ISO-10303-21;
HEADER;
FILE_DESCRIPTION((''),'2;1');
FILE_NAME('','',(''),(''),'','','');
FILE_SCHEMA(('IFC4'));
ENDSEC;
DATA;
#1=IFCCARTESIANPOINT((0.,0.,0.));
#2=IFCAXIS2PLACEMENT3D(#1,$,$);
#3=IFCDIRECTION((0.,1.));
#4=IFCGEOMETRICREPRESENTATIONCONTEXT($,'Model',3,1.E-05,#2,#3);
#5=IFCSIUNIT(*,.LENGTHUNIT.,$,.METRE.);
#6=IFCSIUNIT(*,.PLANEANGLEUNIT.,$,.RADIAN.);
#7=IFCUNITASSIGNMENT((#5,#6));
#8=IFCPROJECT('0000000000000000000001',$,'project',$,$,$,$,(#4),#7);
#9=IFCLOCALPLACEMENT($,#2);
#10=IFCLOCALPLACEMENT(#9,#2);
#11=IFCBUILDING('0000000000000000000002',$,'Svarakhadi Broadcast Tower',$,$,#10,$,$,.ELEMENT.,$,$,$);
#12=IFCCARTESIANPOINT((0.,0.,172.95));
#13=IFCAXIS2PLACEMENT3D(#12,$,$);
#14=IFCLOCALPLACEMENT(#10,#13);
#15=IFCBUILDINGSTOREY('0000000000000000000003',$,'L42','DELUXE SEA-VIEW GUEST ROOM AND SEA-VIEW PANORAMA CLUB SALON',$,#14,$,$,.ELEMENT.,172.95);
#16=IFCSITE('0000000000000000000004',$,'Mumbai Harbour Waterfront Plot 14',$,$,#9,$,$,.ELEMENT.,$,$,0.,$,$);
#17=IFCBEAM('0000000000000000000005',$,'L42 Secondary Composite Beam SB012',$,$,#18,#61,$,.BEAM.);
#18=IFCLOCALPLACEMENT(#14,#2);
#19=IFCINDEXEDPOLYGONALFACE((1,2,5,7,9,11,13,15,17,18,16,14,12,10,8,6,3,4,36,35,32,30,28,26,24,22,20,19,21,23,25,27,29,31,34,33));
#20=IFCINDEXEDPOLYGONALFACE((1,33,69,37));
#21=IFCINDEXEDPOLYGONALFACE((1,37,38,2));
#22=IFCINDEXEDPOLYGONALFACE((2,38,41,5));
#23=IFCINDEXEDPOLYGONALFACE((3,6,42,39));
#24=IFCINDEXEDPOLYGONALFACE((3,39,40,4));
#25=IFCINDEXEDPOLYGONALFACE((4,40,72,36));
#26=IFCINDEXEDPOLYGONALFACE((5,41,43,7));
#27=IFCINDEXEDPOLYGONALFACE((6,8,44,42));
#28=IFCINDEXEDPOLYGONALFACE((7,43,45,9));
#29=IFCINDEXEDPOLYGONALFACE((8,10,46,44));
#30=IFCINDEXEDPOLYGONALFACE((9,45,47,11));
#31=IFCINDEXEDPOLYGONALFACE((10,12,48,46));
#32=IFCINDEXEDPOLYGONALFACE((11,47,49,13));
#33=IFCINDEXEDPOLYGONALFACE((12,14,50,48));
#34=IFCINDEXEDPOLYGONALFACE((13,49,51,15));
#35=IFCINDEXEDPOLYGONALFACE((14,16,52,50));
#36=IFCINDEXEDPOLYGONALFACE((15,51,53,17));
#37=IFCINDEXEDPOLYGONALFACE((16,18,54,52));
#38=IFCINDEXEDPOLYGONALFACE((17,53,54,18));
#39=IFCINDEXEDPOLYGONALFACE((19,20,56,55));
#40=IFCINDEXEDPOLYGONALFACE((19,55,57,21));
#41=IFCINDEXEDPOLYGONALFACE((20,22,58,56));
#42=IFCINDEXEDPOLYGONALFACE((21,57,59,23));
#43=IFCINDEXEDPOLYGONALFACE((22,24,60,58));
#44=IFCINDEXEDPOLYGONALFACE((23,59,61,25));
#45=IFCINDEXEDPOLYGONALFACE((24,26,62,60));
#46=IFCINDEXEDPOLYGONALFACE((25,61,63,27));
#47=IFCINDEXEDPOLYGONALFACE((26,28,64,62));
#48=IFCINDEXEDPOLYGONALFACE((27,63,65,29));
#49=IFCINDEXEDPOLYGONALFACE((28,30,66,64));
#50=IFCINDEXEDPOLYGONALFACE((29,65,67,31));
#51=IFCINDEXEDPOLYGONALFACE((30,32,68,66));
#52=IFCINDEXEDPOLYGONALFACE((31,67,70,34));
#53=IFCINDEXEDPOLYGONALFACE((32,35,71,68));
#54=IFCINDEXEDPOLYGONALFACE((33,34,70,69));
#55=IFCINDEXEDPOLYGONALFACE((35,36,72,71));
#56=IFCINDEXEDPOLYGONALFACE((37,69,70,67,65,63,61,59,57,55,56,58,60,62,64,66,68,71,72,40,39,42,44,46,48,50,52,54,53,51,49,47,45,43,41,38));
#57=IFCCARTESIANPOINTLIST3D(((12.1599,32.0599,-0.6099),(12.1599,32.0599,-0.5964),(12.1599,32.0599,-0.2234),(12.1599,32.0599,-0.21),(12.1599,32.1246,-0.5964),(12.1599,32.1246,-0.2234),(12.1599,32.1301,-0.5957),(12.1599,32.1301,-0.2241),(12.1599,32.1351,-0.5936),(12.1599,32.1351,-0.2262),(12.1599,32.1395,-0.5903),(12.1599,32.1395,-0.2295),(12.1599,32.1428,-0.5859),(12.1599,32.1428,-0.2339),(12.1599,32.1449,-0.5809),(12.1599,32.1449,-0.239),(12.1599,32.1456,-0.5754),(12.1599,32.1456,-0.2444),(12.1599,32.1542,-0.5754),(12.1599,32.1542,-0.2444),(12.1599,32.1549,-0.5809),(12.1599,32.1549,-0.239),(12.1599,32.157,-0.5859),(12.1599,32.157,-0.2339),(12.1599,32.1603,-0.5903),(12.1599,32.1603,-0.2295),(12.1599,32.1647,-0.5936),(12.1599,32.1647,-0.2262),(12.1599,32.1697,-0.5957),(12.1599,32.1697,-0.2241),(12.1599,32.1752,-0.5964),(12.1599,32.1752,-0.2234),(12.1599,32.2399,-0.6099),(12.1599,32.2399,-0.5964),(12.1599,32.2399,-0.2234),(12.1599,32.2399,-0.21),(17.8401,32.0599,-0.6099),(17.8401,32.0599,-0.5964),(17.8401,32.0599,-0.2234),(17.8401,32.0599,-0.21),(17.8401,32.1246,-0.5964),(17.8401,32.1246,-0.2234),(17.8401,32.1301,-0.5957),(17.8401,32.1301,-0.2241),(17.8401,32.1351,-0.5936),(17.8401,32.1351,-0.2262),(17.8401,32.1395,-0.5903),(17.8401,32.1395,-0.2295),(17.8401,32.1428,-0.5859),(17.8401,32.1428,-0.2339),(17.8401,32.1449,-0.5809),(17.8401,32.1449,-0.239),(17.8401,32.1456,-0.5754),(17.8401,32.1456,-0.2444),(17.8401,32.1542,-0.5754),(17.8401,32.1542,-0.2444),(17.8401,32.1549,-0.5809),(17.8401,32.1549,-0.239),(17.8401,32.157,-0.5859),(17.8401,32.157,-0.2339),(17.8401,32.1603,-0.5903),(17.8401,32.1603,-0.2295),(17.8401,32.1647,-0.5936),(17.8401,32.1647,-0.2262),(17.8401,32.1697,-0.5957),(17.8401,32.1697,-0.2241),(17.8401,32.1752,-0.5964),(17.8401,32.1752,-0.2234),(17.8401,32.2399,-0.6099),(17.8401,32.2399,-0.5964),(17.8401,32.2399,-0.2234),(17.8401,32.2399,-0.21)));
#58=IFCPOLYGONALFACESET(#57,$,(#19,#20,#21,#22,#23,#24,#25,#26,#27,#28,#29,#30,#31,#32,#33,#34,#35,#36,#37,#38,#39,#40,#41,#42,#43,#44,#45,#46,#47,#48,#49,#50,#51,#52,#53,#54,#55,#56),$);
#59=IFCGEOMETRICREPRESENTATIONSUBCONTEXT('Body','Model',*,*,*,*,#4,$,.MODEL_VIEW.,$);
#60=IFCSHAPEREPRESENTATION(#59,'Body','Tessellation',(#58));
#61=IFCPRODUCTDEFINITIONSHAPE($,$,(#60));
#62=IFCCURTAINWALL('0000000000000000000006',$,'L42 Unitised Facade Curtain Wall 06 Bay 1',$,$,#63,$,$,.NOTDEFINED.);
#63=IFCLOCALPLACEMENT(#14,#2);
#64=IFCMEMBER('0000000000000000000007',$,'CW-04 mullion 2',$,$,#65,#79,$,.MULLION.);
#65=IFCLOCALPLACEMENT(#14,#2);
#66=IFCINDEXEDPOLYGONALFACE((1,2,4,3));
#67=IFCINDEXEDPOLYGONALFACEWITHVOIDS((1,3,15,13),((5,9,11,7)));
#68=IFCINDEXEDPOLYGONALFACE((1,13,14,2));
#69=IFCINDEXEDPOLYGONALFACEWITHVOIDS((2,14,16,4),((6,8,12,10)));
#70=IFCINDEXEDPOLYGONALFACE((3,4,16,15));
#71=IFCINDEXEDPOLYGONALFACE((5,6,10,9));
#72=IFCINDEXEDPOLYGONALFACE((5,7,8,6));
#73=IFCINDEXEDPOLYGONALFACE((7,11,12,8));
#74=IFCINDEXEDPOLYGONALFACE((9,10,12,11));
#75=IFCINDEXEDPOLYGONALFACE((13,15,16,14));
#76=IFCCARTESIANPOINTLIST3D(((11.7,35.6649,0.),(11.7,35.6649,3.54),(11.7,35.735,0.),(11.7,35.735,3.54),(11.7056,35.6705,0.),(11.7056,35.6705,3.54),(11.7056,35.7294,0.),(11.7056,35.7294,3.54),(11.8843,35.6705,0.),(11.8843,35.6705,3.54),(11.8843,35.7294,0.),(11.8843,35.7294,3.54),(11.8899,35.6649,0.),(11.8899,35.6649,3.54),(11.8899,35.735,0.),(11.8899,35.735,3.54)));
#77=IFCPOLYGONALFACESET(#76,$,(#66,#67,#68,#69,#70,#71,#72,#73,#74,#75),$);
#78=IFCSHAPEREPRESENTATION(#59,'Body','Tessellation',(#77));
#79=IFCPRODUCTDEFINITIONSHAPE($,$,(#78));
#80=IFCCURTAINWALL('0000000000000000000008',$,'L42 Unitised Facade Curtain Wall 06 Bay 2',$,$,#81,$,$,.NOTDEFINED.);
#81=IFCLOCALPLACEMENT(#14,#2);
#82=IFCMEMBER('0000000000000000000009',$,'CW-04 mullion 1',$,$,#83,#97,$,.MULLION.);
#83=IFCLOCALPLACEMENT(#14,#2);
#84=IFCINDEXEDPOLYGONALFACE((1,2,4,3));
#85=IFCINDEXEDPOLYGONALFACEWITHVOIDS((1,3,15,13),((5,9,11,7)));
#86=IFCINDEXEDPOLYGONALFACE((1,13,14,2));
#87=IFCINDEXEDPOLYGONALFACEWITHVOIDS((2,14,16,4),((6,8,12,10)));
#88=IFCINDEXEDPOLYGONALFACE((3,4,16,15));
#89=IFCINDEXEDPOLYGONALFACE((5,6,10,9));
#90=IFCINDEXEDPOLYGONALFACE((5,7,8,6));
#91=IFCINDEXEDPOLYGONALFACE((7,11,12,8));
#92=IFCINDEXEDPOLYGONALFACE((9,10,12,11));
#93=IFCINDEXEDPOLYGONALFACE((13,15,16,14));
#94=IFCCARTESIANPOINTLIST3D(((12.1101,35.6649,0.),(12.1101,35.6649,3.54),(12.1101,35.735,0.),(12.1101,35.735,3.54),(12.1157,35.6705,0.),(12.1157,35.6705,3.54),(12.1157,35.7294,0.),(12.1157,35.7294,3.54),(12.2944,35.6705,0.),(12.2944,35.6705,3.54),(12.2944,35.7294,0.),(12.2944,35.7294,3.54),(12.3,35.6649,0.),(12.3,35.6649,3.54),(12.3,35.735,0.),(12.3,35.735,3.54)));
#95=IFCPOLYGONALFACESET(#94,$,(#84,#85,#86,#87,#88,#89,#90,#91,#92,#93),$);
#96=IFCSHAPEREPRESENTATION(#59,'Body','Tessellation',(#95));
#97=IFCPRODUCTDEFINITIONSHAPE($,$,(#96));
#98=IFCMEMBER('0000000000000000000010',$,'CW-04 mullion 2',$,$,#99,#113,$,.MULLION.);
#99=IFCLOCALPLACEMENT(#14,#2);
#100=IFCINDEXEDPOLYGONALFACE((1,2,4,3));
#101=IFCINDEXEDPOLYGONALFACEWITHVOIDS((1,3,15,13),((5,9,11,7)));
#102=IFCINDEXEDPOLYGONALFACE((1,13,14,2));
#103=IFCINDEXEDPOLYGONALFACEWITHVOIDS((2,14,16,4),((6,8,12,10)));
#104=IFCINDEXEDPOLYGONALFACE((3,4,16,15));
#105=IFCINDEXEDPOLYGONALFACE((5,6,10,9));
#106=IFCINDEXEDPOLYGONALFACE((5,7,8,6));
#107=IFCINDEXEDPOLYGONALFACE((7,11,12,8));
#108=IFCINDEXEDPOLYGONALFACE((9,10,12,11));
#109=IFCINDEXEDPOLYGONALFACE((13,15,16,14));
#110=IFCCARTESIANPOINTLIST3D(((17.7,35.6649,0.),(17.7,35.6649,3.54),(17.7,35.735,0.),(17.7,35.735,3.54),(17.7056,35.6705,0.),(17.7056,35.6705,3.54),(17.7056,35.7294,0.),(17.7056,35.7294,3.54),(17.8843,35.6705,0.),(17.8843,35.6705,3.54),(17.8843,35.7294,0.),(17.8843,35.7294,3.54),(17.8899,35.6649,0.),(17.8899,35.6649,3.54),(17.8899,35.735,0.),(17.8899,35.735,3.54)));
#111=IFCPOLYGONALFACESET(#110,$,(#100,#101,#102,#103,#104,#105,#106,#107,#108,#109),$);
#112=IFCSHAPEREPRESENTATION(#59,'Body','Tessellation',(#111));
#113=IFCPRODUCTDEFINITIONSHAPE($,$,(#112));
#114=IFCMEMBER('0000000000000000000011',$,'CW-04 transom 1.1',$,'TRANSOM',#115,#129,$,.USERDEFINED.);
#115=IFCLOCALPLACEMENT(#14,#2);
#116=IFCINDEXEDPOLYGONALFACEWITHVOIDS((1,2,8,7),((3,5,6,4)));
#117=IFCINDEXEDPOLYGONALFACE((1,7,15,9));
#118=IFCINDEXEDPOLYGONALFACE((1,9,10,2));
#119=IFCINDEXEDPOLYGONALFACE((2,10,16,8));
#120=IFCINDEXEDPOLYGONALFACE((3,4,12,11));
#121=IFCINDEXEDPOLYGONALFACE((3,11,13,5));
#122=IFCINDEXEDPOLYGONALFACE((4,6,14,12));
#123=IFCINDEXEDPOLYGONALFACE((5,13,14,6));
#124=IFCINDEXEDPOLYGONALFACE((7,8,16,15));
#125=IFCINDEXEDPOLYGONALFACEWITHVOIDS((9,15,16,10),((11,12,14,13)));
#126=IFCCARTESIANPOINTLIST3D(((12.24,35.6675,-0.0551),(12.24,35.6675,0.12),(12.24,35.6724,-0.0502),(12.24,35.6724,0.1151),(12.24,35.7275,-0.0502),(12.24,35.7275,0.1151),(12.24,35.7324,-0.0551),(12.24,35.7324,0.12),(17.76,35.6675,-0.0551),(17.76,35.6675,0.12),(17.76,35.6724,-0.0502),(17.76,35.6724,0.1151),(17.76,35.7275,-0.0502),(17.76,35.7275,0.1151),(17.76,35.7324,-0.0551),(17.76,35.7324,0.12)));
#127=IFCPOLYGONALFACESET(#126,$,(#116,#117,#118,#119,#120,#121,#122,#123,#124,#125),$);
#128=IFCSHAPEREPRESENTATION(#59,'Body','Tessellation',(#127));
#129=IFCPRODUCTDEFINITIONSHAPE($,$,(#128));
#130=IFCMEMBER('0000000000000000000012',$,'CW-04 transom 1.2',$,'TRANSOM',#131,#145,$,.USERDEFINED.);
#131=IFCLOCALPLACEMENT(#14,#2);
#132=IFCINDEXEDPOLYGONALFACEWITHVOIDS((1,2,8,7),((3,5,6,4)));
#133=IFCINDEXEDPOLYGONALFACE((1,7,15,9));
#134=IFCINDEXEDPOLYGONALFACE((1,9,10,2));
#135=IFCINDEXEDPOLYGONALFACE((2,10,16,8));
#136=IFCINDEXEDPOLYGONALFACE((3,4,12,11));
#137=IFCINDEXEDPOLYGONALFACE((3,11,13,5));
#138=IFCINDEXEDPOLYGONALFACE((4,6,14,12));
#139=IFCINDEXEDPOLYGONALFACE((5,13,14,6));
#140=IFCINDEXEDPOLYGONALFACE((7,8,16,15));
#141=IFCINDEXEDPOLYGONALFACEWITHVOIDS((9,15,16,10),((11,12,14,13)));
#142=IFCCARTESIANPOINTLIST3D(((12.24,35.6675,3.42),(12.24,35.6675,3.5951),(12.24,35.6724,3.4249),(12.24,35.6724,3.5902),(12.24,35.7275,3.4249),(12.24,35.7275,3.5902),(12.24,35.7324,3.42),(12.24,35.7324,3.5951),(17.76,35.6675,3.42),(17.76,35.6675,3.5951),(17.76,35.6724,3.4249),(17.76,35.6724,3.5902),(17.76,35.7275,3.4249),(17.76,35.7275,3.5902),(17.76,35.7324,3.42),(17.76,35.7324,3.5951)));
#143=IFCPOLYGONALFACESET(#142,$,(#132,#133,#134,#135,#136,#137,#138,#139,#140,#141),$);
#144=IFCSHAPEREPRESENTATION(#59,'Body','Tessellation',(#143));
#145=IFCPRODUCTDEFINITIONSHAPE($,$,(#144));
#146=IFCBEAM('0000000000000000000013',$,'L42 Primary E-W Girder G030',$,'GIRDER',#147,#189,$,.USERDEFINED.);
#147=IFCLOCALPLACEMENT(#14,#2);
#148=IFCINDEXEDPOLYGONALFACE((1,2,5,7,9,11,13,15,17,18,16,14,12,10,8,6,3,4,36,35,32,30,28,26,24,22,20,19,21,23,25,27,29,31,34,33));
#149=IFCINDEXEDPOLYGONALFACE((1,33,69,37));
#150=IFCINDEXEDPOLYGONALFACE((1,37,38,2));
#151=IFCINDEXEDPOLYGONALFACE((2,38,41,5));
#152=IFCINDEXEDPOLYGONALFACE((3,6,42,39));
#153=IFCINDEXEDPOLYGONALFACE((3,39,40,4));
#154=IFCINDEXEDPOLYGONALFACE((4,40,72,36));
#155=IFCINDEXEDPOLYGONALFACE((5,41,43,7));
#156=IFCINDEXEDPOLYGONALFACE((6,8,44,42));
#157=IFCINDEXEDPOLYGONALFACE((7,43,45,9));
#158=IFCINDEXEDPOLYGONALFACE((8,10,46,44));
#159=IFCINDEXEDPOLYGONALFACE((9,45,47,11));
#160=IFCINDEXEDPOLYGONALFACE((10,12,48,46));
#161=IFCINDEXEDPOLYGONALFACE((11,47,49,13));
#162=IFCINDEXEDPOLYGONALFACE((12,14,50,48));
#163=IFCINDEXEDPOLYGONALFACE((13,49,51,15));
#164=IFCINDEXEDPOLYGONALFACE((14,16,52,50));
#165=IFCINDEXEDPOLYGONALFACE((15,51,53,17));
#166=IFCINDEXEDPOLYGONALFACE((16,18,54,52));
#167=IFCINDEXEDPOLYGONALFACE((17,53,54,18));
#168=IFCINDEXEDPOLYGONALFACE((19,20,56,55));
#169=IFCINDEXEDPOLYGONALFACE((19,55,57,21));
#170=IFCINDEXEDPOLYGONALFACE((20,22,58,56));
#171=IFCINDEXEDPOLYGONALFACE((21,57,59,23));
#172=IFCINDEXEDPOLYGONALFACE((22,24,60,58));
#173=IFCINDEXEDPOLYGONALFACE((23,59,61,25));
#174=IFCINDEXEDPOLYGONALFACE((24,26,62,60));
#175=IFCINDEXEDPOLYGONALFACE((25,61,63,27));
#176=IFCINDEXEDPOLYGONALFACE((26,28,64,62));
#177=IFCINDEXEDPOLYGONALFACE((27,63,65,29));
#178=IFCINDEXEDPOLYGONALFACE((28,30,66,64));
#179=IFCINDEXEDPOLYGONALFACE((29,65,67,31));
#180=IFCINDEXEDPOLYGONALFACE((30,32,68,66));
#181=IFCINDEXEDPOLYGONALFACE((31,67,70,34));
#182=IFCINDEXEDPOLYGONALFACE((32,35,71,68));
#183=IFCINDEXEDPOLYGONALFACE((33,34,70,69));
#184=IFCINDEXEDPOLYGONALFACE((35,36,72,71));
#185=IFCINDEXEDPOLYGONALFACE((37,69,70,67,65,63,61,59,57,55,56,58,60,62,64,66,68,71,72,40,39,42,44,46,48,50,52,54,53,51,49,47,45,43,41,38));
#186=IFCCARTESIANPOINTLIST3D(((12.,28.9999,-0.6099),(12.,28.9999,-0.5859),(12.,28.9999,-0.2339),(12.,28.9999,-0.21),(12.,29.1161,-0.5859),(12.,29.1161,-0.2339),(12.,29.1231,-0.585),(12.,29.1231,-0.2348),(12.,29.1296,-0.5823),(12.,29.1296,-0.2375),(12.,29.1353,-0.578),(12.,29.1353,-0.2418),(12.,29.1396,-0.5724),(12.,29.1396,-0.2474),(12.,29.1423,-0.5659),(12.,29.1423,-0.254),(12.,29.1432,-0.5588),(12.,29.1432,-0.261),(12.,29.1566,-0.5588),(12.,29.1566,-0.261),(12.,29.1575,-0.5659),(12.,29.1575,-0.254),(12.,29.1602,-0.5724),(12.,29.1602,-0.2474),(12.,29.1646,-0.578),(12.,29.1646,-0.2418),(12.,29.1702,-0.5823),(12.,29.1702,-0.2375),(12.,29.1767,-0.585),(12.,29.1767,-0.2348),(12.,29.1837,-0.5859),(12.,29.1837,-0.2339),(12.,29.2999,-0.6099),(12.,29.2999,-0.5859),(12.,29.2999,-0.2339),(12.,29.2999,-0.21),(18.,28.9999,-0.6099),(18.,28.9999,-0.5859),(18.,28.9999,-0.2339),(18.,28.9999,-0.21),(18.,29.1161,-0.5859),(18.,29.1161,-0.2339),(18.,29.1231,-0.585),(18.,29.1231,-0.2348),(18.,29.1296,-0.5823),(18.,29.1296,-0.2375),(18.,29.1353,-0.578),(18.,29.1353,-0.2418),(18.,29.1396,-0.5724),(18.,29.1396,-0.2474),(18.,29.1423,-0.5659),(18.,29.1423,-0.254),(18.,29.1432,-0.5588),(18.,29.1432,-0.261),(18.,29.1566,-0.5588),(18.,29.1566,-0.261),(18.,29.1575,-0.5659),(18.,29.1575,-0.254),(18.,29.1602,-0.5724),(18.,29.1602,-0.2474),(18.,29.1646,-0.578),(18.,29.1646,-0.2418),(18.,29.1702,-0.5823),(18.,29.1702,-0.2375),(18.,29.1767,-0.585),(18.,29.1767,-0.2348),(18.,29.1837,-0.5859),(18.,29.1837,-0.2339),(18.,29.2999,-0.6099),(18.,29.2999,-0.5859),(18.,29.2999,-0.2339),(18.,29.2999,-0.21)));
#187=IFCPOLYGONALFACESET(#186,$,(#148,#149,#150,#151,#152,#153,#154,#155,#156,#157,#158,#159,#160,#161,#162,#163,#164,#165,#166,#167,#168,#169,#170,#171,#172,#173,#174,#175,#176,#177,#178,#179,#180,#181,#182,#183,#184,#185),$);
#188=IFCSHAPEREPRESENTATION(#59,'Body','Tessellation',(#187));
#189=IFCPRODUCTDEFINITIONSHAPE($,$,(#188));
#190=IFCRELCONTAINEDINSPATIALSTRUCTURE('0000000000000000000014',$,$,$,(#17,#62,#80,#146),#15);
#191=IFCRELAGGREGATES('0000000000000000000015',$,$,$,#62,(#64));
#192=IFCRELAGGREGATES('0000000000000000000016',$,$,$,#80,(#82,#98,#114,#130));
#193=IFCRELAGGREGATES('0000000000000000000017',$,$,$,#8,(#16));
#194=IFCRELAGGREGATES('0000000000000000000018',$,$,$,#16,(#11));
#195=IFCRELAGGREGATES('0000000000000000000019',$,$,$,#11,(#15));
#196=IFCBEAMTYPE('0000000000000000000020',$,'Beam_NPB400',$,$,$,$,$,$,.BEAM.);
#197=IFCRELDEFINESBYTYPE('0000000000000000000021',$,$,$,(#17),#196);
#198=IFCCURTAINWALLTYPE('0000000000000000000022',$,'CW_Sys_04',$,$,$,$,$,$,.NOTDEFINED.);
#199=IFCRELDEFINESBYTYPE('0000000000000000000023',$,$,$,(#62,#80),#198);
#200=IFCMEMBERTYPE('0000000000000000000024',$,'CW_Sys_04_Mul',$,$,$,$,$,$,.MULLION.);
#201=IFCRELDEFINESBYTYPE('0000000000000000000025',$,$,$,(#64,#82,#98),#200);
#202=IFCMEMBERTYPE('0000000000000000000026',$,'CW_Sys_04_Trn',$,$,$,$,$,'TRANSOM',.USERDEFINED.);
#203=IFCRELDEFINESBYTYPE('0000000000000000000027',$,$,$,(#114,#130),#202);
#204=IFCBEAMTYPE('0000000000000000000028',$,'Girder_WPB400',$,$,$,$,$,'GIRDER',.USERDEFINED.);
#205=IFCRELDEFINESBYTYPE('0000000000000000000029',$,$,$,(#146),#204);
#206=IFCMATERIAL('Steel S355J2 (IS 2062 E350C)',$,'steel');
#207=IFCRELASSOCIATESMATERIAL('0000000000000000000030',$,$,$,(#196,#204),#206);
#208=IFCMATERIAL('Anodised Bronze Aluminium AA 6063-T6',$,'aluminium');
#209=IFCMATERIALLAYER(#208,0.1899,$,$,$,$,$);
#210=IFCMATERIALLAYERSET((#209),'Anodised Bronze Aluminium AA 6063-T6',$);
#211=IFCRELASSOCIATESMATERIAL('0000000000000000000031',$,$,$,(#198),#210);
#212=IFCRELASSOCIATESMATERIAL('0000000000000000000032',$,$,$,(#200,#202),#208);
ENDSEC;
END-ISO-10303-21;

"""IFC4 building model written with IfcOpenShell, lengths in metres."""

from ifc_helpers import new_model, si_unit, direction, frame, origin, origin_2d, place, context, subcontext, project, spatial, hollow_rectangle, i_section, extrude, material, layer, layer_set, material_profile, profile_set, type_object, element, aggregate, save


model = new_model("IFC4")

# Units and contexts
model_context = context("Model", 3, precision=1e-05, world=origin(), true_north=direction((0.0, 1.0)))
body_context = subcontext(model_context, "Body", "Model", "MODEL_VIEW")
ifc_project = project(units=[si_unit("LENGTHUNIT", "METRE"), si_unit("PLANEANGLEUNIT", "RADIAN")], contexts=[model_context])

# Site, building, storey
site_placement = place(None, origin())
site = spatial("IfcSite", under=ifc_project, at=site_placement, Name="Mumbai Harbour Waterfront Plot 14", CompositionType="ELEMENT", RefElevation=0.0)
building_placement = place(site_placement, origin())
building = spatial("IfcBuilding", under=site, at=building_placement, Name="Svarakhadi Broadcast Tower", CompositionType="ELEMENT")
storey_placement = place(building_placement, frame((0.0, 0.0, 172.95)))
storey = spatial("IfcBuildingStorey", under=building, at=storey_placement, Name="L42", Description="DELUXE SEA-VIEW GUEST ROOM AND SEA-VIEW PANORAMA CLUB SALON", CompositionType="ELEMENT", Elevation=172.95)

# Beam
ifc_material_1 = material(Name="Steel S355J2 (IS 2062 E350C)", Category="steel")
ifc_material_profile_1 = material_profile(ifc_material_1, i_section(OverallWidth=0.1799, OverallDepth=0.3999, WebThickness=0.0085, FlangeThickness=0.0134, FilletRadius=0.021, at=origin_2d()), Name="NPB 400x180x66")
ifc_profile_set_1 = profile_set([ifc_material_profile_1], Name="Steel S355J2 (IS 2062 E350C)")
beam_type_1 = type_object("IfcBeamType", Name="Beam_NPB400", PredefinedType="BEAM", material=ifc_profile_set_1)
beam_placement = place(storey_placement, frame((12.1599, 32.1499, -0.4099), z_axis=(1.0, 0.0, 0.0), x_axis=(0.0, 1.0, 0.0)))
element("IfcBeam", 1, at=beam_placement, inside=storey, type_object=beam_type_1, Name="L42 Secondary Composite Beam SB012", PredefinedType="BEAM", context=body_context, shape_type="SweptSolid", body=[
    extrude(i_section(OverallWidth=0.1799, OverallDepth=0.3999, WebThickness=0.0085, FlangeThickness=0.0134, FilletRadius=0.021, at=origin_2d()), origin(), (0.0, 0.0, 1.0), 5.6802),
])

# Curtain wall, member
ifc_material_2 = material(Name="Anodised Bronze Aluminium AA 6063-T6", Category="aluminium")
ifc_layer_1 = layer(ifc_material_2, 0.1899)
ifc_layer_set_1 = layer_set([ifc_layer_1], Name="Anodised Bronze Aluminium AA 6063-T6")
curtain_wall_type = type_object("IfcCurtainWallType", Name="CW_Sys_04", PredefinedType="NOTDEFINED", material=ifc_layer_set_1)
curtain_wall_1_placement = place(storey_placement, origin())
curtain_wall_1 = element("IfcCurtainWall", 2, at=curtain_wall_1_placement, inside=storey, type_object=curtain_wall_type, Name="L42 Unitised Facade Curtain Wall 06 Bay 1", PredefinedType="NOTDEFINED")
ifc_material_profile_2 = material_profile(ifc_material_2, hollow_rectangle(XDim=0.0701, YDim=0.1899, WallThickness=0.0056, at=origin_2d()), Name="ALU MULLION 190x70x6")
ifc_profile_set_2 = profile_set([ifc_material_profile_2], Name="Anodised Bronze Aluminium AA 6063-T6")
member_type_1 = type_object("IfcMemberType", Name="CW_Sys_04_Mul", PredefinedType="MULLION", material=ifc_profile_set_2)
member_1_placement = place(storey_placement, frame((11.7949, 35.7, 0.0), z_axis=(0.0, 0.0, 1.0), x_axis=(0.0, 1.0, 0.0)))
member_1 = element("IfcMember", 3, at=member_1_placement, type_object=member_type_1, Name="CW-04 mullion 2", PredefinedType="MULLION", context=body_context, shape_type="SweptSolid", body=[
    extrude(hollow_rectangle(XDim=0.0701, YDim=0.1899, WallThickness=0.0056, at=origin_2d()), origin(), (0.0, 0.0, 1.0), 3.54),
])

# Curtain wall, members
curtain_wall_2_placement = place(storey_placement, origin())
curtain_wall_2 = element("IfcCurtainWall", 4, at=curtain_wall_2_placement, inside=storey, type_object=curtain_wall_type, Name="L42 Unitised Facade Curtain Wall 06 Bay 2", PredefinedType="NOTDEFINED")
member_2_placement = place(storey_placement, frame((12.2051, 35.7, 0.0), z_axis=(0.0, 0.0, 1.0), x_axis=(0.0, 1.0, 0.0)))
member_2 = element("IfcMember", 5, at=member_2_placement, type_object=member_type_1, Name="CW-04 mullion 1", PredefinedType="MULLION", context=body_context, shape_type="SweptSolid", body=[
    extrude(hollow_rectangle(XDim=0.0701, YDim=0.1899, WallThickness=0.0056, at=origin_2d()), origin(), (0.0, 0.0, 1.0), 3.54),
])
member_3_placement = place(storey_placement, frame((17.7949, 35.7, 0.0), z_axis=(0.0, 0.0, 1.0), x_axis=(0.0, 1.0, 0.0)))
member_3 = element("IfcMember", 6, at=member_3_placement, type_object=member_type_1, Name="CW-04 mullion 2", PredefinedType="MULLION", context=body_context, shape_type="SweptSolid", body=[
    extrude(hollow_rectangle(XDim=0.0701, YDim=0.1899, WallThickness=0.0056, at=origin_2d()), origin(), (0.0, 0.0, 1.0), 3.54),
])
ifc_material_profile_3 = material_profile(ifc_material_2, hollow_rectangle(XDim=0.0649, YDim=0.175, WallThickness=0.0049, at=origin_2d()), Name="ALU TRANSOM 175x65x5")
ifc_profile_set_3 = profile_set([ifc_material_profile_3], Name="Anodised Bronze Aluminium AA 6063-T6")
member_type_2 = type_object("IfcMemberType", Name="CW_Sys_04_Trn", ElementType="TRANSOM", PredefinedType="USERDEFINED", material=ifc_profile_set_3)
member_4_placement = place(storey_placement, frame((12.24, 35.7, 0.0325), z_axis=(1.0, 0.0, 0.0), x_axis=(0.0, 1.0, 0.0)))
member_4 = element("IfcMember", 7, at=member_4_placement, type_object=member_type_2, Name="CW-04 transom 1.1", ObjectType="TRANSOM", PredefinedType="USERDEFINED", context=body_context, shape_type="SweptSolid", body=[
    extrude(hollow_rectangle(XDim=0.0649, YDim=0.175, WallThickness=0.0049, at=origin_2d()), origin(), (0.0, 0.0, 1.0), 5.52),
])
member_5_placement = place(storey_placement, frame((12.24, 35.7, 3.5076), z_axis=(1.0, 0.0, 0.0), x_axis=(0.0, 1.0, 0.0)))
member_5 = element("IfcMember", 8, at=member_5_placement, type_object=member_type_2, Name="CW-04 transom 1.2", ObjectType="TRANSOM", PredefinedType="USERDEFINED", context=body_context, shape_type="SweptSolid", body=[
    extrude(hollow_rectangle(XDim=0.0649, YDim=0.175, WallThickness=0.0049, at=origin_2d()), origin(), (0.0, 0.0, 1.0), 5.52),
])

# Beam
ifc_material_profile_4 = material_profile(ifc_material_1, i_section(OverallWidth=0.3, OverallDepth=0.3999, WebThickness=0.0134, FlangeThickness=0.0239, FilletRadius=0.0271, at=origin_2d()), Name="WPB 400x300x155")
ifc_profile_set_4 = profile_set([ifc_material_profile_4], Name="Steel S355J2 (IS 2062 E350C)")
beam_type_2 = type_object("IfcBeamType", Name="Girder_WPB400", ElementType="GIRDER", PredefinedType="USERDEFINED", material=ifc_profile_set_4)
for number, where, z_axis, x_axis, name in (
    (9, (12.0, 29.1499, -0.4099), (1.0, 0.0, 0.0), (0.0, 1.0, 0.0), "L42 Primary E-W Girder G030"),
):
    element("IfcBeam", number, at=place(storey_placement, frame(where, z_axis=z_axis, x_axis=x_axis)), inside=storey, type_object=beam_type_2, Name=name, ObjectType="GIRDER", PredefinedType="USERDEFINED", context=body_context, shape_type="SweptSolid", body=[
        extrude(i_section(OverallWidth=0.3, OverallDepth=0.3999, WebThickness=0.0134, FlangeThickness=0.0239, FilletRadius=0.0271, at=origin_2d()), origin(), (0.0, 0.0, 1.0), 6.0),
    ])

aggregate(curtain_wall_1, [member_1])
aggregate(curtain_wall_2, [member_2, member_3, member_4, member_5])

save(model, "model.ifc")
